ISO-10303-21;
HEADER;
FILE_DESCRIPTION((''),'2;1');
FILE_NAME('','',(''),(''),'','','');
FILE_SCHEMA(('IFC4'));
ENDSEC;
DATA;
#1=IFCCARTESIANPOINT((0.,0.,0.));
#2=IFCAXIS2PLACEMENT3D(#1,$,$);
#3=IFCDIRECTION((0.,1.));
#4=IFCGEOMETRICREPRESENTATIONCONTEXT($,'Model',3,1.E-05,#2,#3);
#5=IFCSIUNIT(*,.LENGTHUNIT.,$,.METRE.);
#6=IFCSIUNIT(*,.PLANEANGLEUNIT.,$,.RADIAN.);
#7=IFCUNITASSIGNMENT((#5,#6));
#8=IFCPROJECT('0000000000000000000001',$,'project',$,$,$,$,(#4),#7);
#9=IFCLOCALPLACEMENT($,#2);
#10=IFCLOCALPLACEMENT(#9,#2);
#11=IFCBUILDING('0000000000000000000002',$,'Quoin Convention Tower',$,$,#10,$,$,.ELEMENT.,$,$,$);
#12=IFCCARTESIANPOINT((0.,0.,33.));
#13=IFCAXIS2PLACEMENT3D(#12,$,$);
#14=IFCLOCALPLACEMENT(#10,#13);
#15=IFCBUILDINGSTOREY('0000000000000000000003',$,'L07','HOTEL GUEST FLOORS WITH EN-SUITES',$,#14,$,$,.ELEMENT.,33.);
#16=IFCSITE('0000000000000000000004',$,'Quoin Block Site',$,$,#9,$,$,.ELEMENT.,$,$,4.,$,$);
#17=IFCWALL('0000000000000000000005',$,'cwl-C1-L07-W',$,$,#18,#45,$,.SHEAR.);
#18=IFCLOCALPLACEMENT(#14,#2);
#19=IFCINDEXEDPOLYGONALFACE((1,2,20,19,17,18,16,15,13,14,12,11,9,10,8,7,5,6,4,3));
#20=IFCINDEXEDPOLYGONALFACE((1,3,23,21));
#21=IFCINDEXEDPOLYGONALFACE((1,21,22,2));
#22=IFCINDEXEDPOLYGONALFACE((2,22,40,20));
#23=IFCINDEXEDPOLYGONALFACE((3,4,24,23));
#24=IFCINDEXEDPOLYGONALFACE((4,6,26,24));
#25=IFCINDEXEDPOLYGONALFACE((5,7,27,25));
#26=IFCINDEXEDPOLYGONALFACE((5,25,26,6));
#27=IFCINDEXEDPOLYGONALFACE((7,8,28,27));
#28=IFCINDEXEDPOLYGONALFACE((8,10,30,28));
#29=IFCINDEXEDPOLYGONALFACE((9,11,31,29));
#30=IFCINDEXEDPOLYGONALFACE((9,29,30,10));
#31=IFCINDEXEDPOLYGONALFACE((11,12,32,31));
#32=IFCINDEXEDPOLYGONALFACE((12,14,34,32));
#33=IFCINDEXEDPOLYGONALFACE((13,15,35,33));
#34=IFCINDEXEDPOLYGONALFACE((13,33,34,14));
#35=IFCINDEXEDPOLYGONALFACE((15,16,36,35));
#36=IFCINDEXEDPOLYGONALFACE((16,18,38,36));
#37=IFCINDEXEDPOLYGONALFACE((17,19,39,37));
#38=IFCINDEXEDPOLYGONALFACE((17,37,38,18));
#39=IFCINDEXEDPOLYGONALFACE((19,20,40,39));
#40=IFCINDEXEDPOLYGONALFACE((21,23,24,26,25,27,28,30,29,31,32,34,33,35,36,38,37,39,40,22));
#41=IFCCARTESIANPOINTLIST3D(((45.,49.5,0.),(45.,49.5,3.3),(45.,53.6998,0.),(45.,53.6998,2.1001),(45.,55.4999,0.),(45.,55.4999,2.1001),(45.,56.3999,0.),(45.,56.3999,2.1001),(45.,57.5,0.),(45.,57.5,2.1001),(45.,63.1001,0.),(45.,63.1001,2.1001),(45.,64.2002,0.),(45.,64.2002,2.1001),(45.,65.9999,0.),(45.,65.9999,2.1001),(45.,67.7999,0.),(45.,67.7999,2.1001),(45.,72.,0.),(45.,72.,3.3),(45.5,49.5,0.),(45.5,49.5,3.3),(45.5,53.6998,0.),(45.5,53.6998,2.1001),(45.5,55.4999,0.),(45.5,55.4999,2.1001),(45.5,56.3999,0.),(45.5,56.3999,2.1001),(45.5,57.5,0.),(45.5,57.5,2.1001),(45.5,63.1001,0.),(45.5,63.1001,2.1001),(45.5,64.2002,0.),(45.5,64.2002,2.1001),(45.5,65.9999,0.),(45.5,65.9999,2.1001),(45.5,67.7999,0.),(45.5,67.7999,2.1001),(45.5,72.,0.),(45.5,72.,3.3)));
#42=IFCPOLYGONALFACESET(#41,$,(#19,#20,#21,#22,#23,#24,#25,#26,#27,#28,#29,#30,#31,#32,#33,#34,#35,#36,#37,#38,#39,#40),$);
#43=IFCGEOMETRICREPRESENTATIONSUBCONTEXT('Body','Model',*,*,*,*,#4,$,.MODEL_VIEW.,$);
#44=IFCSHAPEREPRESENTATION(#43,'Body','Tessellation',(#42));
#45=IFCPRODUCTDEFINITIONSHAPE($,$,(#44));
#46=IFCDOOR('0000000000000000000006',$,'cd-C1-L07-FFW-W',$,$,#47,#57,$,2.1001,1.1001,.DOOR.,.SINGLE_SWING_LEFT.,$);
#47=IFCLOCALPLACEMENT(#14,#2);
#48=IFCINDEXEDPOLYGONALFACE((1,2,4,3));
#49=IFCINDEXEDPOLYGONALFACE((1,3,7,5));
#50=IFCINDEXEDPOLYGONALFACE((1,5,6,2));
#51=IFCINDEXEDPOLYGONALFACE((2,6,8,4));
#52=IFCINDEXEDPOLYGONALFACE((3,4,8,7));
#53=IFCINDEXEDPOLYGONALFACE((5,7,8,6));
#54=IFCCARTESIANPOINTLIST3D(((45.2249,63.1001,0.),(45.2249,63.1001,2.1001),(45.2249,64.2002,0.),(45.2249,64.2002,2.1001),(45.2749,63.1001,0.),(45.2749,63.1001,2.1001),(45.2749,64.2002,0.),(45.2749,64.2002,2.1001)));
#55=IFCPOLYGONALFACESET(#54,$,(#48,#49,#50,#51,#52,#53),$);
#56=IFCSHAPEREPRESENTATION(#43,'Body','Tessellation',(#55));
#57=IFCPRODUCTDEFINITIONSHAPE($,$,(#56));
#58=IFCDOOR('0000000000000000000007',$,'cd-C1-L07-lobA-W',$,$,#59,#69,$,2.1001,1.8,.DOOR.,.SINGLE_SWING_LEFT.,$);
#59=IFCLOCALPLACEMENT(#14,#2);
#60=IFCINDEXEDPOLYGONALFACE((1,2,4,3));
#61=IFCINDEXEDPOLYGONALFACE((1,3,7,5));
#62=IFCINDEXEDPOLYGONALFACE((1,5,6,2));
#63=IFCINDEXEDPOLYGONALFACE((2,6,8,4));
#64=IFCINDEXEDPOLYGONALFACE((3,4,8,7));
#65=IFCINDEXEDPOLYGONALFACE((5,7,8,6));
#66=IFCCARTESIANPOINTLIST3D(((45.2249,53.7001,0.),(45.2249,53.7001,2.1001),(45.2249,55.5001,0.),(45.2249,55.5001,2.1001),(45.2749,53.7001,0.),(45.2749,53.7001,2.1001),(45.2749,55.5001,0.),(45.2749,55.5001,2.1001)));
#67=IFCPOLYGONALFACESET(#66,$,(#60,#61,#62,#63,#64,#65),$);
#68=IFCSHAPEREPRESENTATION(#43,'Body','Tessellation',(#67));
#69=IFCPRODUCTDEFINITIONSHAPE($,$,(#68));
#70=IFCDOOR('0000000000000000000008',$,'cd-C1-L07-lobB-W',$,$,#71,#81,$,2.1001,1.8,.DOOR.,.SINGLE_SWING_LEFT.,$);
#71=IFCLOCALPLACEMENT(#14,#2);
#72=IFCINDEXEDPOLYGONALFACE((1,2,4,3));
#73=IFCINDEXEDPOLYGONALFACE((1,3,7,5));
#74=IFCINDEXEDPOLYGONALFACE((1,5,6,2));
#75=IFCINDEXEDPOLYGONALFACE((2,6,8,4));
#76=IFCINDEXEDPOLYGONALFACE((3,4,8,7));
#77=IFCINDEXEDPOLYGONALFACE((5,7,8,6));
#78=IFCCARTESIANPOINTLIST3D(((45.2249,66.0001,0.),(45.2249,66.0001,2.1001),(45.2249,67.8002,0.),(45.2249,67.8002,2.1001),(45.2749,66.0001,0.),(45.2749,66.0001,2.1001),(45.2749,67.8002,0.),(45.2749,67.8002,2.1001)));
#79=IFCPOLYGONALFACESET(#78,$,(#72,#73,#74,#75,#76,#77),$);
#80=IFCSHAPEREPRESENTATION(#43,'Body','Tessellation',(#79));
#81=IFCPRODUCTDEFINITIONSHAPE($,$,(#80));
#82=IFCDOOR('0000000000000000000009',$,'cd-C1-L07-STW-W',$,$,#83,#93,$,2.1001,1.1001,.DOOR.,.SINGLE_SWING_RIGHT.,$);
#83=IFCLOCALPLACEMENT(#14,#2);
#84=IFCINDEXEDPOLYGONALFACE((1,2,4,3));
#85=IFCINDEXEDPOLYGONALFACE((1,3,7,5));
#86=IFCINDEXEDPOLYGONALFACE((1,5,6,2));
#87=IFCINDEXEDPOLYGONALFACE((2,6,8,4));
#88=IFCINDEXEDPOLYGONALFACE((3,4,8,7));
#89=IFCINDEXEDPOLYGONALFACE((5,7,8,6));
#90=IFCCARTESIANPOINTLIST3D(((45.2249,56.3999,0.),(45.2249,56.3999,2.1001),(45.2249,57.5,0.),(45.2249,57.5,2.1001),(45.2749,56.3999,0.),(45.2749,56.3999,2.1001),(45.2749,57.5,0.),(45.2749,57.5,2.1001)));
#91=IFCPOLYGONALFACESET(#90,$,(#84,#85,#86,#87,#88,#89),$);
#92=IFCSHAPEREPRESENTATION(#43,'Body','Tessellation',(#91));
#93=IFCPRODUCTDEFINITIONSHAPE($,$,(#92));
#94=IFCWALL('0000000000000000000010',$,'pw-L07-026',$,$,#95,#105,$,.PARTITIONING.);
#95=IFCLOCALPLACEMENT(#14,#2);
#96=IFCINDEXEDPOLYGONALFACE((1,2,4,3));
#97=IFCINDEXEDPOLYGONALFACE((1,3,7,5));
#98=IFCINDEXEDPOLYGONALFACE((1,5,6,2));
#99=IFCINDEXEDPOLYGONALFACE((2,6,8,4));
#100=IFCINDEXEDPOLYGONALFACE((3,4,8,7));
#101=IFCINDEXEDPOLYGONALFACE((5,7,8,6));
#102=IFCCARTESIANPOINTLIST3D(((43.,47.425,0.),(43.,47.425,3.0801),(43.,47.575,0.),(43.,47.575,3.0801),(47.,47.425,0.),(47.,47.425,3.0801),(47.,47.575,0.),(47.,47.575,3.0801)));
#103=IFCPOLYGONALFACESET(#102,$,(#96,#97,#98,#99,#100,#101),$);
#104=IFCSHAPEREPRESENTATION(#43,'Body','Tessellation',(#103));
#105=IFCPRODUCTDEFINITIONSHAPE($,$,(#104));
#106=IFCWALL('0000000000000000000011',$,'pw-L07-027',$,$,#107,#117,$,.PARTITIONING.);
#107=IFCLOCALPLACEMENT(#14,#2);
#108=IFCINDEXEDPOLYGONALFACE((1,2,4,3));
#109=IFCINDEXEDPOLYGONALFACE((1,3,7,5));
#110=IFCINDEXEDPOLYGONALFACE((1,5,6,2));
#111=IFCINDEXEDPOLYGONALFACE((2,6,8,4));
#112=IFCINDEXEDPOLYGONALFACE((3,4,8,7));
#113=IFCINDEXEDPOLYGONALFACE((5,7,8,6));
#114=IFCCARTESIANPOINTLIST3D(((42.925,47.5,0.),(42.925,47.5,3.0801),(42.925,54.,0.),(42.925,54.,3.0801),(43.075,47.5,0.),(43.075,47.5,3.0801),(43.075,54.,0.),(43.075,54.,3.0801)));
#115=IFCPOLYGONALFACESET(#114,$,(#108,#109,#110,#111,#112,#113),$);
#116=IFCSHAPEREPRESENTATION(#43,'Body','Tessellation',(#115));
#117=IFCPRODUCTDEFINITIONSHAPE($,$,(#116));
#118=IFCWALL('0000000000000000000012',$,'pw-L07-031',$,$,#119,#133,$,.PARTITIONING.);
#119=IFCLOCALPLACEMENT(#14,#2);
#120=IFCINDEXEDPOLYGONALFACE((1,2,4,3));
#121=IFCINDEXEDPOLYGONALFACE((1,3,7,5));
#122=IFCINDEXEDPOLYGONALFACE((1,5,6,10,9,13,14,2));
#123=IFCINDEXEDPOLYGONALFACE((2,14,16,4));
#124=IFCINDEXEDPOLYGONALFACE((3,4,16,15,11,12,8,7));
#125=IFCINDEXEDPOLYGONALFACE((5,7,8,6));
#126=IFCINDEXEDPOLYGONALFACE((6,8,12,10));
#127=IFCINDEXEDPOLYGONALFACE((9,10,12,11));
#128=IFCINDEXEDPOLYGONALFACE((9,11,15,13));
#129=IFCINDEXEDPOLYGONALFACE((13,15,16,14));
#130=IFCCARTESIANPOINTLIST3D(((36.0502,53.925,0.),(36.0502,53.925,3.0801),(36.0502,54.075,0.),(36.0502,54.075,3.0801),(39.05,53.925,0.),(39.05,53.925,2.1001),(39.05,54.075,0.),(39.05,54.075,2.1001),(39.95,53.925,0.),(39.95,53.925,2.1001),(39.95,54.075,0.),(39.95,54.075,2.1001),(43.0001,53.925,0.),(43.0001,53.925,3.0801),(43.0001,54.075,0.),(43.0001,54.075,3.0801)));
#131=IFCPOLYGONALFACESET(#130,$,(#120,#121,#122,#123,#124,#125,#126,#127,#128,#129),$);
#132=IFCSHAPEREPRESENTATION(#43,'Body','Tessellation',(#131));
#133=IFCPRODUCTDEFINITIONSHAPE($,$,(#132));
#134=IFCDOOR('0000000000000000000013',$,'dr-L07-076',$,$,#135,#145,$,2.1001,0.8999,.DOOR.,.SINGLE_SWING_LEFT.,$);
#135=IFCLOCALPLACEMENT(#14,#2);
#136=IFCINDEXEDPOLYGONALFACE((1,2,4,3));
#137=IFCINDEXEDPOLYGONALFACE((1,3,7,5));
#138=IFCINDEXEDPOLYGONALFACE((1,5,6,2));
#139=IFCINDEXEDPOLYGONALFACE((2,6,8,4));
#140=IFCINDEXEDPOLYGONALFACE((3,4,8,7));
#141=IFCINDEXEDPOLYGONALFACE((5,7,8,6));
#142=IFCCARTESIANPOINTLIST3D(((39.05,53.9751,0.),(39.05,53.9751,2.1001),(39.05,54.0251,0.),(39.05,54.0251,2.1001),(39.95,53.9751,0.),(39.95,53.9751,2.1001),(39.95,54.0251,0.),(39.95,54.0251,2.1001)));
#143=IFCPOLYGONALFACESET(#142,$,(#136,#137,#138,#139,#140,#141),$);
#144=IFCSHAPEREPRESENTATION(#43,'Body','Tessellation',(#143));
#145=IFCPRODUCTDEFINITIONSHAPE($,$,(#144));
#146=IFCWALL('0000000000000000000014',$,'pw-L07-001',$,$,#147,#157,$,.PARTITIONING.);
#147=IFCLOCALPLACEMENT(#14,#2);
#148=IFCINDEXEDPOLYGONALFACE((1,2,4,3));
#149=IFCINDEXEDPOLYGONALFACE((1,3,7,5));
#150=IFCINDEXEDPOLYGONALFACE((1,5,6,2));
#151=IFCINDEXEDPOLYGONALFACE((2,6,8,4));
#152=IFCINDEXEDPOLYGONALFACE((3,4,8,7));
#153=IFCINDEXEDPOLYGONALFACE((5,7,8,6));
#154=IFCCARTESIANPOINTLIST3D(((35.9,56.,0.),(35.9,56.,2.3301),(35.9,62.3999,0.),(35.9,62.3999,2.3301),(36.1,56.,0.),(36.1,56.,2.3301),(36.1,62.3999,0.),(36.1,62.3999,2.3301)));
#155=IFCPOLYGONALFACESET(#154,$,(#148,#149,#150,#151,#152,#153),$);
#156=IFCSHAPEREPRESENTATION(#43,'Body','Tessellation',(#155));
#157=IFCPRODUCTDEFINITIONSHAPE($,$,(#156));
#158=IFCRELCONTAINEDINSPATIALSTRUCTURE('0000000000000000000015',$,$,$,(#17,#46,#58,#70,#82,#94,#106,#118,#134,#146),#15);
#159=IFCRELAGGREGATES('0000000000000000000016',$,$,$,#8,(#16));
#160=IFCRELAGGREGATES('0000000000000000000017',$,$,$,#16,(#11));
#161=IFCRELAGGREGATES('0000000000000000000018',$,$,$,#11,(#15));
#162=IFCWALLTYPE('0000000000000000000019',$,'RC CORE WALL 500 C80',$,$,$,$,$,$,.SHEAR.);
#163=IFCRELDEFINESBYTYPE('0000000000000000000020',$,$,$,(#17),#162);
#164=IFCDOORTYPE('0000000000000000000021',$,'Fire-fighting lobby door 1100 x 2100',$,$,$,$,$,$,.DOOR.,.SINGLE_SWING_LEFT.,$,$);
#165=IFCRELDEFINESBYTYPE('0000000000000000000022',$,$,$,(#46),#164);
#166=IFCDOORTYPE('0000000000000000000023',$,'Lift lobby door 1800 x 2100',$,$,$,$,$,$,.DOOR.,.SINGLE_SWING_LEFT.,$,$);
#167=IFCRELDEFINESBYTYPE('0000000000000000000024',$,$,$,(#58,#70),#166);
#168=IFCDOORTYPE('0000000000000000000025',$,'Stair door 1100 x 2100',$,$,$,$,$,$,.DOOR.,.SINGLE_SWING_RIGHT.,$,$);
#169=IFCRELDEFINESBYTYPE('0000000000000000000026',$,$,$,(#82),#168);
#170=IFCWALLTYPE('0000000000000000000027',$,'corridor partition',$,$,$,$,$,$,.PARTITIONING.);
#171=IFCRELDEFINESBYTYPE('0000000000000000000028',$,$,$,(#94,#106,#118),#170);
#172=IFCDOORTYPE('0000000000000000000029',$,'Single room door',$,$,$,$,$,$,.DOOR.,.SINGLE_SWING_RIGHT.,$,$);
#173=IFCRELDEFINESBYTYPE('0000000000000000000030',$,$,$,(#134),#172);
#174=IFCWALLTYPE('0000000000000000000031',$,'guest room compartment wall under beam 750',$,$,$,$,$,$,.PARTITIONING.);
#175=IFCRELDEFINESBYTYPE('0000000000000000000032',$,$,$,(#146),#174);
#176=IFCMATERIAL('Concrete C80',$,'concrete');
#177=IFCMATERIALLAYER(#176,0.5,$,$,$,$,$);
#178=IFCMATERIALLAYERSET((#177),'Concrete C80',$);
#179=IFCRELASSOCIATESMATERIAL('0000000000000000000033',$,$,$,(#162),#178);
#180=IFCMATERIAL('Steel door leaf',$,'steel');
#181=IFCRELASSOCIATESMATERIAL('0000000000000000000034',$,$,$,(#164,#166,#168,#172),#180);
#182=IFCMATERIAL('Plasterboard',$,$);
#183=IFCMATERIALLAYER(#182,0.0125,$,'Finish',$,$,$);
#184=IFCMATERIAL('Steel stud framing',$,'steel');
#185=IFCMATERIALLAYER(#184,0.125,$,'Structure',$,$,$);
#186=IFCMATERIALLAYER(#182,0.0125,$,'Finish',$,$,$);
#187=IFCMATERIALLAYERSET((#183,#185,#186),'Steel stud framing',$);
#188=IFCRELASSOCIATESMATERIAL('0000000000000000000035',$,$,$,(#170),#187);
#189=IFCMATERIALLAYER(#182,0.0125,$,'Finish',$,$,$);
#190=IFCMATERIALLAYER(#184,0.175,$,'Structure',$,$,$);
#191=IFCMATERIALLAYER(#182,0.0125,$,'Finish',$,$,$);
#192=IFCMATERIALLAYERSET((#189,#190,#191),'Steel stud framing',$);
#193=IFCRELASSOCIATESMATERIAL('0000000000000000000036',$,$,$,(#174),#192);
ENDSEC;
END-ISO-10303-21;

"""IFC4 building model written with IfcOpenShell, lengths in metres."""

from ifc_helpers import new_model, si_unit, direction, frame, frame_2d, origin, place, context, subcontext, project, spatial, rectangle, extrude, material, layer, layer_set, type_object, element, fill, save


model = new_model("IFC4")

# Units and contexts
model_context = context("Model", 3, precision=1e-05, world=origin(), true_north=direction((0.0, 1.0)))
body_context = subcontext(model_context, "Body", "Model", "MODEL_VIEW")
ifc_project = project(units=[si_unit("LENGTHUNIT", "METRE"), si_unit("PLANEANGLEUNIT", "RADIAN")], contexts=[model_context])

# Site, building, storey
site_placement = place(None, origin())
site = spatial("IfcSite", under=ifc_project, at=site_placement, Name="Quoin Block Site", CompositionType="ELEMENT", RefElevation=4.0)
building_placement = place(site_placement, origin())
building = spatial("IfcBuilding", under=site, at=building_placement, Name="Quoin Convention Tower", CompositionType="ELEMENT")
storey_placement = place(building_placement, frame((0.0, 0.0, 33.0)))
storey = spatial("IfcBuildingStorey", under=building, at=storey_placement, Name="L07", Description="HOTEL GUEST FLOORS WITH EN-SUITES", CompositionType="ELEMENT", Elevation=33.0)

# Shared definitions
ifc_material_1 = material(Name="Concrete C80", Category="concrete")

# Shared definitions
ifc_material_2 = material(Name="Plasterboard")
ifc_material_3 = material(Name="Steel stud framing", Category="steel")
ifc_material_4 = material(Name="Steel door leaf", Category="steel")

# Shared definitions
ifc_layer_1 = layer(ifc_material_1, 0.5)
ifc_layer_set_1 = layer_set([ifc_layer_1], Name="Concrete C80")
wall_type_1 = type_object("IfcWallType", Name="RC CORE WALL 500 C80", PredefinedType="SHEAR", material=ifc_layer_set_1)

# Wall, openings, doors
wall_1_placement = place(storey_placement, frame((45.25, 49.5, 0.0), z_axis=(0.0, 0.0, 1.0), x_axis=(0.0, 1.0, 0.0)))
wall_1 = element("IfcWall", 1, at=wall_1_placement, inside=storey, type_object=wall_type_1, Name="cwl-C1-L07-W", PredefinedType="SHEAR", context=body_context, shape_type="SweptSolid", body=[
    extrude(rectangle(XDim=22.5, YDim=0.5, at=frame_2d((11.25, 0.0))), origin(), (0.0, 0.0, 1.0), 3.3),
])
opening_1_placement = place(wall_1_placement, frame((4.2, 0.0, 0.0)))
opening_1 = element("IfcOpeningElement", 2, at=opening_1_placement, cuts=wall_1, PredefinedType="OPENING", context=body_context, shape_type="SweptSolid", body=[
    extrude(rectangle(XDim=1.8, YDim=2.1001, at=frame_2d((0.8999, 1.05))), frame((0.0, 0.26, 0.0), z_axis=(0.0, -1.0, 0.0), x_axis=(1.0, 0.0, 0.0)), (0.0, 0.0, 1.0), 0.52),
])
opening_2_placement = place(wall_1_placement, frame((6.8999, 0.0, 0.0)))
opening_2 = element("IfcOpeningElement", 3, at=opening_2_placement, cuts=wall_1, PredefinedType="OPENING", context=body_context, shape_type="SweptSolid", body=[
    extrude(rectangle(XDim=1.1001, YDim=2.1001, at=frame_2d((0.55, 1.05))), frame((0.0, 0.26, 0.0), z_axis=(0.0, -1.0, 0.0), x_axis=(1.0, 0.0, 0.0)), (0.0, 0.0, 1.0), 0.52),
])
opening_3_placement = place(wall_1_placement, frame((13.6001, 0.0, 0.0)))
opening_3 = element("IfcOpeningElement", 4, at=opening_3_placement, cuts=wall_1, PredefinedType="OPENING", context=body_context, shape_type="SweptSolid", body=[
    extrude(rectangle(XDim=1.1001, YDim=2.1001, at=frame_2d((0.55, 1.05))), frame((0.0, 0.26, 0.0), z_axis=(0.0, -1.0, 0.0), x_axis=(1.0, 0.0, 0.0)), (0.0, 0.0, 1.0), 0.52),
])
opening_4_placement = place(wall_1_placement, frame((16.5, 0.0, 0.0)))
opening_4 = element("IfcOpeningElement", 5, at=opening_4_placement, cuts=wall_1, PredefinedType="OPENING", context=body_context, shape_type="SweptSolid", body=[
    extrude(rectangle(XDim=1.8, YDim=2.1001, at=frame_2d((0.8999, 1.05))), frame((0.0, 0.26, 0.0), z_axis=(0.0, -1.0, 0.0), x_axis=(1.0, 0.0, 0.0)), (0.0, 0.0, 1.0), 0.52),
])
door_type_1 = type_object("IfcDoorType", Name="Fire-fighting lobby door 1100 x 2100", OperationType="SINGLE_SWING_LEFT", PredefinedType="DOOR", material=ifc_material_4)
door_1_placement = place(opening_3_placement, frame((1.1001, 0.0, 0.0), z_axis=(0.0, 0.0, 1.0), x_axis=(-1.0, 0.0, 0.0)))
door_1 = element("IfcDoor", 6, at=door_1_placement, inside=storey, type_object=door_type_1, Name="cd-C1-L07-FFW-W", OperationType="SINGLE_SWING_LEFT", OverallHeight=2.1001, OverallWidth=1.1001, PredefinedType="DOOR", context=body_context, shape_type="SweptSolid", body=[
    extrude(rectangle(XDim=1.1001, YDim=2.1001, at=frame_2d((0.55, 1.05))), frame((0.0, 0.0249, 0.0), z_axis=(0.0, -1.0, 0.0), x_axis=(1.0, 0.0, 0.0)), (0.0, 0.0, 1.0), 0.05),
])
fill(opening_3, door_1)
door_type_2 = type_object("IfcDoorType", Name="Lift lobby door 1800 x 2100", OperationType="SINGLE_SWING_LEFT", PredefinedType="DOOR", material=ifc_material_4)
door_2_placement = place(opening_1_placement, frame((1.8, 0.0, 0.0), z_axis=(0.0, 0.0, 1.0), x_axis=(-1.0, 0.0, 0.0)))
door_2 = element("IfcDoor", 7, at=door_2_placement, inside=storey, type_object=door_type_2, Name="cd-C1-L07-lobA-W", OperationType="SINGLE_SWING_LEFT", OverallHeight=2.1001, OverallWidth=1.8, PredefinedType="DOOR", context=body_context, shape_type="SweptSolid", body=[
    extrude(rectangle(XDim=1.8, YDim=2.1001, at=frame_2d((0.8999, 1.05))), frame((0.0, 0.0249, 0.0), z_axis=(0.0, -1.0, 0.0), x_axis=(1.0, 0.0, 0.0)), (0.0, 0.0, 1.0), 0.05),
])
fill(opening_1, door_2)
door_3_placement = place(opening_4_placement, frame((1.8, 0.0, 0.0), z_axis=(0.0, 0.0, 1.0), x_axis=(-1.0, 0.0, 0.0)))
door_3 = element("IfcDoor", 8, at=door_3_placement, inside=storey, type_object=door_type_2, Name="cd-C1-L07-lobB-W", OperationType="SINGLE_SWING_LEFT", OverallHeight=2.1001, OverallWidth=1.8, PredefinedType="DOOR", context=body_context, shape_type="SweptSolid", body=[
    extrude(rectangle(XDim=1.8, YDim=2.1001, at=frame_2d((0.8999, 1.05))), frame((0.0, 0.0249, 0.0), z_axis=(0.0, -1.0, 0.0), x_axis=(1.0, 0.0, 0.0)), (0.0, 0.0, 1.0), 0.05),
])
fill(opening_4, door_3)
door_type_3 = type_object("IfcDoorType", Name="Stair door 1100 x 2100", OperationType="SINGLE_SWING_RIGHT", PredefinedType="DOOR", material=ifc_material_4)
door_4_placement = place(opening_2_placement, frame((1.1001, 0.0, 0.0), z_axis=(0.0, 0.0, 1.0), x_axis=(-1.0, 0.0, 0.0)))
door_4 = element("IfcDoor", 9, at=door_4_placement, inside=storey, type_object=door_type_3, Name="cd-C1-L07-STW-W", OperationType="SINGLE_SWING_RIGHT", OverallHeight=2.1001, OverallWidth=1.1001, PredefinedType="DOOR", context=body_context, shape_type="SweptSolid", body=[
    extrude(rectangle(XDim=1.1001, YDim=2.1001, at=frame_2d((0.55, 1.05))), frame((0.0, 0.0249, 0.0), z_axis=(0.0, -1.0, 0.0), x_axis=(1.0, 0.0, 0.0)), (0.0, 0.0, 1.0), 0.05),
])
fill(opening_2, door_4)

# Walls
ifc_layer_2 = layer(ifc_material_2, 0.0125, Name="Finish")
ifc_layer_3 = layer(ifc_material_3, 0.125, Name="Structure")
ifc_layer_4 = layer(ifc_material_2, 0.0125, Name="Finish")
ifc_layer_set_2 = layer_set([ifc_layer_2, ifc_layer_3, ifc_layer_4], Name="Steel stud framing")
wall_type_2 = type_object("IfcWallType", Name="corridor partition", PredefinedType="PARTITIONING", material=ifc_layer_set_2)
wall_2_placement = place(storey_placement, frame((43.0, 47.5, 0.0), z_axis=(0.0, 0.0, 1.0), x_axis=(1.0, 0.0, 0.0)))
element("IfcWall", 10, at=wall_2_placement, inside=storey, type_object=wall_type_2, Name="pw-L07-026", PredefinedType="PARTITIONING", context=body_context, shape_type="SweptSolid", body=[
    extrude(rectangle(XDim=4.0, YDim=0.1499, at=frame_2d((2.0, 0.0))), origin(), (0.0, 0.0, 1.0), 3.0801),
])
wall_3_placement = place(storey_placement, frame((43.0, 47.5, 0.0), z_axis=(0.0, 0.0, 1.0), x_axis=(0.0, 1.0, 0.0)))
element("IfcWall", 11, at=wall_3_placement, inside=storey, type_object=wall_type_2, Name="pw-L07-027", PredefinedType="PARTITIONING", context=body_context, shape_type="SweptSolid", body=[
    extrude(rectangle(XDim=6.5, YDim=0.1499, at=frame_2d((3.25, 0.0))), origin(), (0.0, 0.0, 1.0), 3.0801),
])

# Wall, opening, door
wall_4_placement = place(storey_placement, frame((36.05, 54.0, 0.0), z_axis=(0.0, 0.0, 1.0), x_axis=(1.0, 0.0, 0.0)))
wall_4 = element("IfcWall", 12, at=wall_4_placement, inside=storey, type_object=wall_type_2, Name="pw-L07-031", PredefinedType="PARTITIONING", context=body_context, shape_type="SweptSolid", body=[
    extrude(rectangle(XDim=6.95, YDim=0.1499, at=frame_2d((3.4751, 0.0))), origin(), (0.0, 0.0, 1.0), 3.0801),
])
opening_5_placement = place(wall_4_placement, frame((3.0, 0.0, 0.0)))
opening_5 = element("IfcOpeningElement", 13, at=opening_5_placement, cuts=wall_4, PredefinedType="OPENING", context=body_context, shape_type="SweptSolid", body=[
    extrude(rectangle(XDim=0.8999, YDim=2.1001, at=frame_2d((0.45, 1.05))), frame((0.0, 0.085, 0.0), z_axis=(0.0, -1.0, 0.0), x_axis=(1.0, 0.0, 0.0)), (0.0, 0.0, 1.0), 0.1699),
])
door_type_4 = type_object("IfcDoorType", Name="Single room door", OperationType="SINGLE_SWING_RIGHT", PredefinedType="DOOR", material=ifc_material_4)
door_5_placement = place(opening_5_placement, frame((0.8999, 0.0, 0.0), z_axis=(0.0, 0.0, 1.0), x_axis=(-1.0, 0.0, 0.0)))
door_5 = element("IfcDoor", 14, at=door_5_placement, inside=storey, type_object=door_type_4, Name="dr-L07-076", OperationType="SINGLE_SWING_LEFT", OverallHeight=2.1001, OverallWidth=0.8999, PredefinedType="DOOR", context=body_context, shape_type="SweptSolid", body=[
    extrude(rectangle(XDim=0.8999, YDim=2.1001, at=frame_2d((0.45, 1.05))), frame((0.0, 0.0249, 0.0), z_axis=(0.0, -1.0, 0.0), x_axis=(1.0, 0.0, 0.0)), (0.0, 0.0, 1.0), 0.05),
])
fill(opening_5, door_5)

# Wall
ifc_layer_5 = layer(ifc_material_2, 0.0125, Name="Finish")
ifc_layer_6 = layer(ifc_material_3, 0.175, Name="Structure")
ifc_layer_7 = layer(ifc_material_2, 0.0125, Name="Finish")
ifc_layer_set_3 = layer_set([ifc_layer_5, ifc_layer_6, ifc_layer_7], Name="Steel stud framing")
wall_type_3 = type_object("IfcWallType", Name="guest room compartment wall under beam 750", PredefinedType="PARTITIONING", material=ifc_layer_set_3)
wall_5_placement = place(storey_placement, frame((36.0, 56.0, 0.0), z_axis=(0.0, 0.0, 1.0), x_axis=(0.0, 1.0, 0.0)))
element("IfcWall", 15, at=wall_5_placement, inside=storey, type_object=wall_type_3, Name="pw-L07-001", PredefinedType="PARTITIONING", context=body_context, shape_type="SweptSolid", body=[
    extrude(rectangle(XDim=6.3999, YDim=0.2, at=frame_2d((3.2, 0.0))), origin(), (0.0, 0.0, 1.0), 2.3301),
])

save(model, "model.ifc")
